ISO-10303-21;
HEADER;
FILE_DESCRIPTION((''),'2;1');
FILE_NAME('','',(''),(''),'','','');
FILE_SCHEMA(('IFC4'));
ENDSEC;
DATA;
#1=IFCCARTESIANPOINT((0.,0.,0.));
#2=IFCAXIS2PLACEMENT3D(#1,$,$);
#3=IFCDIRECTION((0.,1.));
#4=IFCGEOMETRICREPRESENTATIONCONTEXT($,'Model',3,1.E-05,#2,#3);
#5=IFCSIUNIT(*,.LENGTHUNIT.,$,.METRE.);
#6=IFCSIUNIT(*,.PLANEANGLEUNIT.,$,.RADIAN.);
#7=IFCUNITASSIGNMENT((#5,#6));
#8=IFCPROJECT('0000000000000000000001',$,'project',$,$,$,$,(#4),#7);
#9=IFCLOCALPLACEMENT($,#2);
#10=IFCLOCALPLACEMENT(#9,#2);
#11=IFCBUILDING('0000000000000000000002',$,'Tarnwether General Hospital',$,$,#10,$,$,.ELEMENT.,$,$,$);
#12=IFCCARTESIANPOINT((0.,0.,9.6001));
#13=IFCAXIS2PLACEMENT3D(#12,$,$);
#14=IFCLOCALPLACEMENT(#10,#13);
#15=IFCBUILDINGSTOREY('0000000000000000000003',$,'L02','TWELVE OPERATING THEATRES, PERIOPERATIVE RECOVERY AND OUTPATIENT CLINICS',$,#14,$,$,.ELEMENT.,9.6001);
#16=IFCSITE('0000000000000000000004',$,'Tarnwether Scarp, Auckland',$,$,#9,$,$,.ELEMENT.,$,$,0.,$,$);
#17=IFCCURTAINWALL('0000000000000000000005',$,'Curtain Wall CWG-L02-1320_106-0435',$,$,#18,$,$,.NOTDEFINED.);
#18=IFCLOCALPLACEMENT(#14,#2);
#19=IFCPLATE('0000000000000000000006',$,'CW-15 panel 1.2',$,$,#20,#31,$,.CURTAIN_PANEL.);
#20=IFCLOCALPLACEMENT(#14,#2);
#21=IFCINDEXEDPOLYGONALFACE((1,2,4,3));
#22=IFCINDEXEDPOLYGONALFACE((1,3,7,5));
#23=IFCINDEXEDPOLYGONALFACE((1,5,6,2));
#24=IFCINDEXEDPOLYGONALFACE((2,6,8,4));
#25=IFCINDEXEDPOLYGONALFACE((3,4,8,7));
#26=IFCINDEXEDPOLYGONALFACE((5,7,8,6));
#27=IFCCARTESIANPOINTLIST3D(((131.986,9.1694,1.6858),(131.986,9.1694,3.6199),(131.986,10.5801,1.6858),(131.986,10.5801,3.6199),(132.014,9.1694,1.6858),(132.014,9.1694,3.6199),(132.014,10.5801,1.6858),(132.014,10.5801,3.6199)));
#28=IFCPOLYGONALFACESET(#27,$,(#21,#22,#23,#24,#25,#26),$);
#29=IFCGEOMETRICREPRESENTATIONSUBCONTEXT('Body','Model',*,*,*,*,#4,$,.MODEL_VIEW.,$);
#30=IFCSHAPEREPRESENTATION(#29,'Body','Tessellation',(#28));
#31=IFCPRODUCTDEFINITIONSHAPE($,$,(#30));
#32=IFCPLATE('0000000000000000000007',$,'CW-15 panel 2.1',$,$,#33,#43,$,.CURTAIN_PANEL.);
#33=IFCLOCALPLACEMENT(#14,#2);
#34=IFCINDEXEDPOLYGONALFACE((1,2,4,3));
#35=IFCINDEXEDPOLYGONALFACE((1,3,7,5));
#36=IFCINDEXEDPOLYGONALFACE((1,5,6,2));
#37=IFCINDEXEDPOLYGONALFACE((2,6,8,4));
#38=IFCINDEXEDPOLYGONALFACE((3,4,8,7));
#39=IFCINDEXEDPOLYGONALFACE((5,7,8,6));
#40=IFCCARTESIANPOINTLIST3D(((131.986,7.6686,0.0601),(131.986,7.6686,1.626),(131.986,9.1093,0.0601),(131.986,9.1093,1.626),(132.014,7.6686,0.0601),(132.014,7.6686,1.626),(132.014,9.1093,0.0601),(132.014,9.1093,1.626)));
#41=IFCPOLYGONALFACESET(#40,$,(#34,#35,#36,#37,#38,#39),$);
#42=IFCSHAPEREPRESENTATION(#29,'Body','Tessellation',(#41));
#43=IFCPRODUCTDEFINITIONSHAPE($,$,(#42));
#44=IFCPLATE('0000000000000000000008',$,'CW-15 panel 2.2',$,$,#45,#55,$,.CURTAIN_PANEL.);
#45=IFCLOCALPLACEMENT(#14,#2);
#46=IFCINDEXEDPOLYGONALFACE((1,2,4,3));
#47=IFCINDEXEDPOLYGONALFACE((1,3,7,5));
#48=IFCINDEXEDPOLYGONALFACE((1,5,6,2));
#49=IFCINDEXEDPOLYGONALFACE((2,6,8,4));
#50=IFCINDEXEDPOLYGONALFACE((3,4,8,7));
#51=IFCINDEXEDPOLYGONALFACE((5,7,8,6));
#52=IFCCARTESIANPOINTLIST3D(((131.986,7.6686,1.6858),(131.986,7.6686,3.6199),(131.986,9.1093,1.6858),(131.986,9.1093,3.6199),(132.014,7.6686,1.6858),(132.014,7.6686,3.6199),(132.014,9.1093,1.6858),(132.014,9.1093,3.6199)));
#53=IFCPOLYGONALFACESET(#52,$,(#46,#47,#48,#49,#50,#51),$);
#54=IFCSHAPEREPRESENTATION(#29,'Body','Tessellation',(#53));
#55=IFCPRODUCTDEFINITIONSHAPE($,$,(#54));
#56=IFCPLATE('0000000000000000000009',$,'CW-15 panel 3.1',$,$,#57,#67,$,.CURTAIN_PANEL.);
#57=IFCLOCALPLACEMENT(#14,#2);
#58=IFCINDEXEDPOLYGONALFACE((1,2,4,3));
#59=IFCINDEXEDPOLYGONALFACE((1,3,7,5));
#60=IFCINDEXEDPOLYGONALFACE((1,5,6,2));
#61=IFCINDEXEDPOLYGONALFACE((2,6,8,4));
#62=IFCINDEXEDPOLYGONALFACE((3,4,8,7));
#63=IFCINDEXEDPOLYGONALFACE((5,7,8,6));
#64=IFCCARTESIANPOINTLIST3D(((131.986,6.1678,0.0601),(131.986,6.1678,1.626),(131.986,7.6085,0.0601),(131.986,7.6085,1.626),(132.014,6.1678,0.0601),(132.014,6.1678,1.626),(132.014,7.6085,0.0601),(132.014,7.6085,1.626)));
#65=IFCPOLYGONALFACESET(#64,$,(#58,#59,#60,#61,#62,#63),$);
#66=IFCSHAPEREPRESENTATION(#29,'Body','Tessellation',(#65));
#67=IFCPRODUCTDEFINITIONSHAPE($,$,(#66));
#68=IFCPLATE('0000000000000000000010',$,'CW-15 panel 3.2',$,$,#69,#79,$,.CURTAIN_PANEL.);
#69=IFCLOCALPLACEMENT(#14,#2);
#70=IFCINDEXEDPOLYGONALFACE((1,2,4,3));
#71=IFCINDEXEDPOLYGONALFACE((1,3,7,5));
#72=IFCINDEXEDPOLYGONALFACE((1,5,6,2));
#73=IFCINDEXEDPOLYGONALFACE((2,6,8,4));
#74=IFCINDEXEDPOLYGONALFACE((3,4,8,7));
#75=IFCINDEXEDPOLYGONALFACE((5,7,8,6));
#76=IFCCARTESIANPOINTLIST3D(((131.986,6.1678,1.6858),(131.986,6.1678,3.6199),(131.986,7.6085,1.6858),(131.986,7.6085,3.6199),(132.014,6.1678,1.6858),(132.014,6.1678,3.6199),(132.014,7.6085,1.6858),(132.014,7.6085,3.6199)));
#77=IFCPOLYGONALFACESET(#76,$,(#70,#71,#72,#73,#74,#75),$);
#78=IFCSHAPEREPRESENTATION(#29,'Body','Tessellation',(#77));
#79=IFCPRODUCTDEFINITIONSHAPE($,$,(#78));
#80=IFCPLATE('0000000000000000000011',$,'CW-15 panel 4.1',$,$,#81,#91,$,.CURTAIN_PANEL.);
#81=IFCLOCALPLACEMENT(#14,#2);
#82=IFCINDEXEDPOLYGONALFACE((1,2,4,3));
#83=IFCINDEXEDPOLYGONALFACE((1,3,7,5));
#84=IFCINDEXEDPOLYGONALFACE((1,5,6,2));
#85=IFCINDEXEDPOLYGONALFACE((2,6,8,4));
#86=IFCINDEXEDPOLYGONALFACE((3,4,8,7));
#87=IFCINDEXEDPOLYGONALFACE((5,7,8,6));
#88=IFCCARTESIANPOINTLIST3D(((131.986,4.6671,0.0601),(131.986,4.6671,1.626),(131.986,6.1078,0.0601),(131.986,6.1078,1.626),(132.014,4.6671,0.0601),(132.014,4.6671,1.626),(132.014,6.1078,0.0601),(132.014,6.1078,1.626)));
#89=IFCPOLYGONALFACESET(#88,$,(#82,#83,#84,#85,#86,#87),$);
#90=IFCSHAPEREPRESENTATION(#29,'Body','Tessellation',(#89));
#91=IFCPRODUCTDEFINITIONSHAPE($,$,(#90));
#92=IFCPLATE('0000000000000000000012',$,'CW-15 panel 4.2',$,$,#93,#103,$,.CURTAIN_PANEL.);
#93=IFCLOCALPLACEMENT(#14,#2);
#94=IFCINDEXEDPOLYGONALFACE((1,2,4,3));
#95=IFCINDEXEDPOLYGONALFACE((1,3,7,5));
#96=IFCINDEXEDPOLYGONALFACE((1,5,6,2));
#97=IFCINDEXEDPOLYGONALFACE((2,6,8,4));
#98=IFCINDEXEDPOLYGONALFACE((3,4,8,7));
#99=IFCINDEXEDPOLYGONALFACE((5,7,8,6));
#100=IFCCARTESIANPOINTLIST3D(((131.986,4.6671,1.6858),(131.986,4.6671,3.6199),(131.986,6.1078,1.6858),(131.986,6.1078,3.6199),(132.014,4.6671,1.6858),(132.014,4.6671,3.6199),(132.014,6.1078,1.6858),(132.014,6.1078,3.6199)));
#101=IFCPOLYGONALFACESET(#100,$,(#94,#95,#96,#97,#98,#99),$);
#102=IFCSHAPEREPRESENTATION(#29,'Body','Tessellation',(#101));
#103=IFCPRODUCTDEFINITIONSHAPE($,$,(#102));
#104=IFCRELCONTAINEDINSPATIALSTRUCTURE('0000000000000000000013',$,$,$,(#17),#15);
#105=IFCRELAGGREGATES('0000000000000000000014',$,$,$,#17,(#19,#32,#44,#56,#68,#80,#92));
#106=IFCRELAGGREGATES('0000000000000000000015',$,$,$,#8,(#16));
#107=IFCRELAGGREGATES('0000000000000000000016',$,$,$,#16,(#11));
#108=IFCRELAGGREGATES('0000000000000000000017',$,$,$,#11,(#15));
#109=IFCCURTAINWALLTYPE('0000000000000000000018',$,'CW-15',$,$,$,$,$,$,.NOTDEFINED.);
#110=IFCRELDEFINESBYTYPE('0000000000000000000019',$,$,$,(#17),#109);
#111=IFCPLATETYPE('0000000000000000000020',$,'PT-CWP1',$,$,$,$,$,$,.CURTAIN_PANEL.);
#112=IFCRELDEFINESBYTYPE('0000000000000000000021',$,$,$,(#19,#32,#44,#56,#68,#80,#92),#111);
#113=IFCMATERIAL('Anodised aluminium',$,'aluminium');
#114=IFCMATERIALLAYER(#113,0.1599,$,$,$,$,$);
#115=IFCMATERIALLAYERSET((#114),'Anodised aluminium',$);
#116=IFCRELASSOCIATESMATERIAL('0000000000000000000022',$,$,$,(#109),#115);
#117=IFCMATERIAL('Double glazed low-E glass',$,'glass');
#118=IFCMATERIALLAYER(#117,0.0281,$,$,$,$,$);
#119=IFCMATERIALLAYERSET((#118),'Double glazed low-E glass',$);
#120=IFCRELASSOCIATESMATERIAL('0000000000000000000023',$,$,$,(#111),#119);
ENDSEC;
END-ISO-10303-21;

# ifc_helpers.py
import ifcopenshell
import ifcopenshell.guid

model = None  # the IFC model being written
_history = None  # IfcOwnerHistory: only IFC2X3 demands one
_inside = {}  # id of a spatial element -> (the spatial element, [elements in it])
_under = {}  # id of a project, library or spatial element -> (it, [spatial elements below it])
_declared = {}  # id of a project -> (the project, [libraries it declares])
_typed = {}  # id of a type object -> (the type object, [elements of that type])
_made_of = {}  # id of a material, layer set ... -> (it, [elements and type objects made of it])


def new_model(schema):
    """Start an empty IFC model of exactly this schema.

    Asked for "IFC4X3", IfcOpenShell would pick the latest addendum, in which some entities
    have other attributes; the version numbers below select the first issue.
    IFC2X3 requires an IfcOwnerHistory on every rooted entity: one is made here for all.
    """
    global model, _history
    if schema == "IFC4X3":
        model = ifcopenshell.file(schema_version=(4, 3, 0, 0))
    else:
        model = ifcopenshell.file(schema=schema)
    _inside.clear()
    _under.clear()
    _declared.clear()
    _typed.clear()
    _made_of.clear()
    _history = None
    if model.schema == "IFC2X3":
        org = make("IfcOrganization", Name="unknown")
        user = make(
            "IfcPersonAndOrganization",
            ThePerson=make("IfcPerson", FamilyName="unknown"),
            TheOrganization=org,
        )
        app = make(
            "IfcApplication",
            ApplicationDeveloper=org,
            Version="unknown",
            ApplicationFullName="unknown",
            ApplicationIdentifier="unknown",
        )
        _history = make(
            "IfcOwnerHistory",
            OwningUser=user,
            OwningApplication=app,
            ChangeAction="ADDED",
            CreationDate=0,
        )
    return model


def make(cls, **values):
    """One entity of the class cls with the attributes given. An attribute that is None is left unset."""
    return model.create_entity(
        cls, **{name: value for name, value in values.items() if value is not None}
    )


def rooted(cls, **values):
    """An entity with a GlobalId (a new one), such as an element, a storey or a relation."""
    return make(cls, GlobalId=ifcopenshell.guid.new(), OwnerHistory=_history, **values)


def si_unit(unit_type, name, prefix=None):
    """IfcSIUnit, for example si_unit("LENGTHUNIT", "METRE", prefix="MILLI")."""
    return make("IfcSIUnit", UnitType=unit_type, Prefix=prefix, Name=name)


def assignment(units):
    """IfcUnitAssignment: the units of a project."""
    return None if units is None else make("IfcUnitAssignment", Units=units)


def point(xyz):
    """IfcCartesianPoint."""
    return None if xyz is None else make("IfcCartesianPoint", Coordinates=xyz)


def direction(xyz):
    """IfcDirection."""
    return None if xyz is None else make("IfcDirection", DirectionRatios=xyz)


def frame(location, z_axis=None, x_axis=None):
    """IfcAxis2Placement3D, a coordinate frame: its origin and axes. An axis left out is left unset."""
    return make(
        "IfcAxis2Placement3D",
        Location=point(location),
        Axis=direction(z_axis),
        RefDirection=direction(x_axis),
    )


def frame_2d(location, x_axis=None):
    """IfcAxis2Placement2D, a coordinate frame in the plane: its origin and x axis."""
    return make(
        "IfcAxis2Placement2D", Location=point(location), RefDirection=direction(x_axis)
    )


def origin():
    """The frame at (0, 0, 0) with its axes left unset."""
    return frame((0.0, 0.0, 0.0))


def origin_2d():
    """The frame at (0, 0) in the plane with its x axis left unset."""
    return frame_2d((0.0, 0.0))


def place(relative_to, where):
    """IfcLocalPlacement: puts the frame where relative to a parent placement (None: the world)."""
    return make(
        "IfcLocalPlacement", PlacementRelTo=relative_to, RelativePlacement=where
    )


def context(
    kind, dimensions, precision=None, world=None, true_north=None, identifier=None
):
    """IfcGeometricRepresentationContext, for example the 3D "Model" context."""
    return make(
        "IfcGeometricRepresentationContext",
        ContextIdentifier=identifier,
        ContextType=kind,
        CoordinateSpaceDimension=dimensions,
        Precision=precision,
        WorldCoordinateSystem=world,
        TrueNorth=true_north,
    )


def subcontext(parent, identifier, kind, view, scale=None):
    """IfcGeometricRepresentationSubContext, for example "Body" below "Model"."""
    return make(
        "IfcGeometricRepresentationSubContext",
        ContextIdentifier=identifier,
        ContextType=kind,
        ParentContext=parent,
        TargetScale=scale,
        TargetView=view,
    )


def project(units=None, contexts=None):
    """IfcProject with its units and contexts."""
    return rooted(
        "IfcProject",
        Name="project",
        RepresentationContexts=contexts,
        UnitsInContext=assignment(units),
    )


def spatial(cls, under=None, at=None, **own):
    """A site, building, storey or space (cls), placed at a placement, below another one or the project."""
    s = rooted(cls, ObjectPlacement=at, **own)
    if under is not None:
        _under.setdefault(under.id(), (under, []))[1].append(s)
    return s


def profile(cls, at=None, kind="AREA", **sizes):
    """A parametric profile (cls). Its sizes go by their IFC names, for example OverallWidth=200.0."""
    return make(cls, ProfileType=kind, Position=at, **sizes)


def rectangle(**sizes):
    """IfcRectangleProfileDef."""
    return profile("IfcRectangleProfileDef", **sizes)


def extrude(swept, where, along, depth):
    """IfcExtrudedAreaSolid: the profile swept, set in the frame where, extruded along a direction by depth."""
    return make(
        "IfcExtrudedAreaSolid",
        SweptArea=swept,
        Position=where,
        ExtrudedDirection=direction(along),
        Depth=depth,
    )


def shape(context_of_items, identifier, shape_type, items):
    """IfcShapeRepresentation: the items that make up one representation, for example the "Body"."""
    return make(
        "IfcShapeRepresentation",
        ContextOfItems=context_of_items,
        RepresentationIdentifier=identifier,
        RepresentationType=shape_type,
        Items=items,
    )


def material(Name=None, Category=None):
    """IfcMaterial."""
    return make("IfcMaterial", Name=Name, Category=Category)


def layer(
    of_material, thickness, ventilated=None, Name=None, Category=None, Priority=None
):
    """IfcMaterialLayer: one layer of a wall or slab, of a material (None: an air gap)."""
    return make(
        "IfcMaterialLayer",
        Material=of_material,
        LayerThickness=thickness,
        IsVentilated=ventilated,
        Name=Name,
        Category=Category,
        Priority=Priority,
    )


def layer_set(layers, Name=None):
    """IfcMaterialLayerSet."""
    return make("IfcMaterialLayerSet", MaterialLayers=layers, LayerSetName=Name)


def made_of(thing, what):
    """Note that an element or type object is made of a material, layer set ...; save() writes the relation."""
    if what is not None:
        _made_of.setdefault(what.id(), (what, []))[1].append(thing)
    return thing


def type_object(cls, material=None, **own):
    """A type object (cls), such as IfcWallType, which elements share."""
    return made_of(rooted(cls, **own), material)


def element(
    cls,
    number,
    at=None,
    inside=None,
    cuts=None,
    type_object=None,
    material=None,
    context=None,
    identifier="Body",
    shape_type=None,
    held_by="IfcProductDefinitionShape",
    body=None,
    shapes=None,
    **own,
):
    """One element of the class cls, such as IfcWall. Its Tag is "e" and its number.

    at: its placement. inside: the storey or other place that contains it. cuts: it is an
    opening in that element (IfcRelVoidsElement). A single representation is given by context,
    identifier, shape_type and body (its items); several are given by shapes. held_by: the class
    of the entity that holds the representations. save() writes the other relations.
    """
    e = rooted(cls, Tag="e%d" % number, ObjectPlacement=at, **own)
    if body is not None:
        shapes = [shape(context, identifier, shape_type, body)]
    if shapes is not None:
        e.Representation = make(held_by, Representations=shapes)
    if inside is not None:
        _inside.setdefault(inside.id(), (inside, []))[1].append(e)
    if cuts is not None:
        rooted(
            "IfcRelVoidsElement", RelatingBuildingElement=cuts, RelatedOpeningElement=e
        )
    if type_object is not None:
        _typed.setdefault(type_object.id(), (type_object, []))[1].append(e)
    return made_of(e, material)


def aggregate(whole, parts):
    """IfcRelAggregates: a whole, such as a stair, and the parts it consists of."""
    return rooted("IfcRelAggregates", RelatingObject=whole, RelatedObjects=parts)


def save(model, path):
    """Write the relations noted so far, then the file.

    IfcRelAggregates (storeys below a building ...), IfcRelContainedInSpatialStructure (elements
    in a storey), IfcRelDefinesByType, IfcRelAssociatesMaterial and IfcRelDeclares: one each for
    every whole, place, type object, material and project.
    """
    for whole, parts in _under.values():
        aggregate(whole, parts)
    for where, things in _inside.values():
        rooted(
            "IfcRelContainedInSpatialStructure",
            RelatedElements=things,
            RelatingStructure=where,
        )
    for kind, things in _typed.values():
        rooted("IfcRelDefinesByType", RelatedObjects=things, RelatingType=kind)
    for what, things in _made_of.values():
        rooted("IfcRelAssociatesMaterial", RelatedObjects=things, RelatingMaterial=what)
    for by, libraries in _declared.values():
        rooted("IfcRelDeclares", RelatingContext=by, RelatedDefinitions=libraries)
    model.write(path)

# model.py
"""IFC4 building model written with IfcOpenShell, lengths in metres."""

from ifc_helpers import new_model, si_unit, direction, frame, origin, origin_2d, place, context, subcontext, project, spatial, rectangle, extrude, material, layer, layer_set, type_object, element, aggregate, save


model = new_model("IFC4")

# Units and contexts
model_context = context("Model", 3, precision=1e-05, world=origin(), true_north=direction((0.0, 1.0)))
body_context = subcontext(model_context, "Body", "Model", "MODEL_VIEW")
ifc_project = project(units=[si_unit("LENGTHUNIT", "METRE"), si_unit("PLANEANGLEUNIT", "RADIAN")], contexts=[model_context])

# Site, building, storey
site_placement = place(None, origin())
site = spatial("IfcSite", under=ifc_project, at=site_placement, Name="Tarnwether Scarp, Auckland", CompositionType="ELEMENT", RefElevation=0.0)
building_placement = place(site_placement, origin())
building = spatial("IfcBuilding", under=site, at=building_placement, Name="Tarnwether General Hospital", CompositionType="ELEMENT")
storey_placement = place(building_placement, frame((0.0, 0.0, 9.6001)))
storey = spatial("IfcBuildingStorey", under=building, at=storey_placement, Name="L02", Description="TWELVE OPERATING THEATRES, PERIOPERATIVE RECOVERY AND OUTPATIENT CLINICS", CompositionType="ELEMENT", Elevation=9.6001)

# Curtain wall
ifc_material_1 = material(Name="Anodised aluminium", Category="aluminium")
ifc_layer_1 = layer(ifc_material_1, 0.1599)
ifc_layer_set_1 = layer_set([ifc_layer_1], Name="Anodised aluminium")
curtain_wall_type = type_object("IfcCurtainWallType", Name="CW-15", PredefinedType="NOTDEFINED", material=ifc_layer_set_1)
curtain_wall_1_placement = place(storey_placement, origin())
curtain_wall_1 = element("IfcCurtainWall", 1, at=curtain_wall_1_placement, inside=storey, type_object=curtain_wall_type, Name="Curtain Wall CWG-L02-1320_106-0435", PredefinedType="NOTDEFINED")

# Plates
ifc_material_2 = material(Name="Double glazed low-E glass", Category="glass")
ifc_layer_2 = layer(ifc_material_2, 0.0281)
ifc_layer_set_2 = layer_set([ifc_layer_2], Name="Double glazed low-E glass")
plate_type = type_object("IfcPlateType", Name="PT-CWP1", PredefinedType="CURTAIN_PANEL", material=ifc_layer_set_2)
plate_1_placement = place(storey_placement, frame((132.0, 9.8748, 1.6858), z_axis=(0.0, 0.0, 1.0), x_axis=(0.0, -1.0, 0.0)))
plate_1 = element("IfcPlate", 2, at=plate_1_placement, type_object=plate_type, Name="CW-15 panel 1.2", PredefinedType="CURTAIN_PANEL", context=body_context, shape_type="SweptSolid", body=[
    extrude(rectangle(XDim=1.4106, YDim=0.0281, at=origin_2d()), origin(), (0.0, 0.0, 1.0), 1.9341),
])
plate_2_placement = place(storey_placement, frame((132.0, 8.3889, 0.0601), z_axis=(0.0, 0.0, 1.0), x_axis=(0.0, -1.0, 0.0)))
plate_2 = element("IfcPlate", 3, at=plate_2_placement, type_object=plate_type, Name="CW-15 panel 2.1", PredefinedType="CURTAIN_PANEL", context=body_context, shape_type="SweptSolid", body=[
    extrude(rectangle(XDim=1.4407, YDim=0.0281, at=origin_2d()), origin(), (0.0, 0.0, 1.0), 1.5659),
])
plate_3_placement = place(storey_placement, frame((132.0, 8.3889, 1.6858), z_axis=(0.0, 0.0, 1.0), x_axis=(0.0, -1.0, 0.0)))
plate_3 = element("IfcPlate", 4, at=plate_3_placement, type_object=plate_type, Name="CW-15 panel 2.2", PredefinedType="CURTAIN_PANEL", context=body_context, shape_type="SweptSolid", body=[
    extrude(rectangle(XDim=1.4407, YDim=0.0281, at=origin_2d()), origin(), (0.0, 0.0, 1.0), 1.9341),
])
plate_4_placement = place(storey_placement, frame((132.0, 6.8882, 0.0601), z_axis=(0.0, 0.0, 1.0), x_axis=(0.0, -1.0, 0.0)))
plate_4 = element("IfcPlate", 5, at=plate_4_placement, type_object=plate_type, Name="CW-15 panel 3.1", PredefinedType="CURTAIN_PANEL", context=body_context, shape_type="SweptSolid", body=[
    extrude(rectangle(XDim=1.4407, YDim=0.0281, at=origin_2d()), origin(), (0.0, 0.0, 1.0), 1.5659),
])
plate_5_placement = place(storey_placement, frame((132.0, 6.8882, 1.6858), z_axis=(0.0, 0.0, 1.0), x_axis=(0.0, -1.0, 0.0)))
plate_5 = element("IfcPlate", 6, at=plate_5_placement, type_object=plate_type, Name="CW-15 panel 3.2", PredefinedType="CURTAIN_PANEL", context=body_context, shape_type="SweptSolid", body=[
    extrude(rectangle(XDim=1.4407, YDim=0.0281, at=origin_2d()), origin(), (0.0, 0.0, 1.0), 1.9341),
])
plate_6_placement = place(storey_placement, frame((132.0, 5.3875, 0.0601), z_axis=(0.0, 0.0, 1.0), x_axis=(0.0, -1.0, 0.0)))
plate_6 = element("IfcPlate", 7, at=plate_6_placement, type_object=plate_type, Name="CW-15 panel 4.1", PredefinedType="CURTAIN_PANEL", context=body_context, shape_type="SweptSolid", body=[
    extrude(rectangle(XDim=1.4407, YDim=0.0281, at=origin_2d()), origin(), (0.0, 0.0, 1.0), 1.5659),
])
plate_7_placement = place(storey_placement, frame((132.0, 5.3875, 1.6858), z_axis=(0.0, 0.0, 1.0), x_axis=(0.0, -1.0, 0.0)))
plate_7 = element("IfcPlate", 8, at=plate_7_placement, type_object=plate_type, Name="CW-15 panel 4.2", PredefinedType="CURTAIN_PANEL", context=body_context, shape_type="SweptSolid", body=[
    extrude(rectangle(XDim=1.4407, YDim=0.0281, at=origin_2d()), origin(), (0.0, 0.0, 1.0), 1.9341),
])
aggregate(curtain_wall_1, [plate_1, plate_2, plate_3, plate_4, plate_5, plate_6, plate_7])

save(model, "model.ifc")
